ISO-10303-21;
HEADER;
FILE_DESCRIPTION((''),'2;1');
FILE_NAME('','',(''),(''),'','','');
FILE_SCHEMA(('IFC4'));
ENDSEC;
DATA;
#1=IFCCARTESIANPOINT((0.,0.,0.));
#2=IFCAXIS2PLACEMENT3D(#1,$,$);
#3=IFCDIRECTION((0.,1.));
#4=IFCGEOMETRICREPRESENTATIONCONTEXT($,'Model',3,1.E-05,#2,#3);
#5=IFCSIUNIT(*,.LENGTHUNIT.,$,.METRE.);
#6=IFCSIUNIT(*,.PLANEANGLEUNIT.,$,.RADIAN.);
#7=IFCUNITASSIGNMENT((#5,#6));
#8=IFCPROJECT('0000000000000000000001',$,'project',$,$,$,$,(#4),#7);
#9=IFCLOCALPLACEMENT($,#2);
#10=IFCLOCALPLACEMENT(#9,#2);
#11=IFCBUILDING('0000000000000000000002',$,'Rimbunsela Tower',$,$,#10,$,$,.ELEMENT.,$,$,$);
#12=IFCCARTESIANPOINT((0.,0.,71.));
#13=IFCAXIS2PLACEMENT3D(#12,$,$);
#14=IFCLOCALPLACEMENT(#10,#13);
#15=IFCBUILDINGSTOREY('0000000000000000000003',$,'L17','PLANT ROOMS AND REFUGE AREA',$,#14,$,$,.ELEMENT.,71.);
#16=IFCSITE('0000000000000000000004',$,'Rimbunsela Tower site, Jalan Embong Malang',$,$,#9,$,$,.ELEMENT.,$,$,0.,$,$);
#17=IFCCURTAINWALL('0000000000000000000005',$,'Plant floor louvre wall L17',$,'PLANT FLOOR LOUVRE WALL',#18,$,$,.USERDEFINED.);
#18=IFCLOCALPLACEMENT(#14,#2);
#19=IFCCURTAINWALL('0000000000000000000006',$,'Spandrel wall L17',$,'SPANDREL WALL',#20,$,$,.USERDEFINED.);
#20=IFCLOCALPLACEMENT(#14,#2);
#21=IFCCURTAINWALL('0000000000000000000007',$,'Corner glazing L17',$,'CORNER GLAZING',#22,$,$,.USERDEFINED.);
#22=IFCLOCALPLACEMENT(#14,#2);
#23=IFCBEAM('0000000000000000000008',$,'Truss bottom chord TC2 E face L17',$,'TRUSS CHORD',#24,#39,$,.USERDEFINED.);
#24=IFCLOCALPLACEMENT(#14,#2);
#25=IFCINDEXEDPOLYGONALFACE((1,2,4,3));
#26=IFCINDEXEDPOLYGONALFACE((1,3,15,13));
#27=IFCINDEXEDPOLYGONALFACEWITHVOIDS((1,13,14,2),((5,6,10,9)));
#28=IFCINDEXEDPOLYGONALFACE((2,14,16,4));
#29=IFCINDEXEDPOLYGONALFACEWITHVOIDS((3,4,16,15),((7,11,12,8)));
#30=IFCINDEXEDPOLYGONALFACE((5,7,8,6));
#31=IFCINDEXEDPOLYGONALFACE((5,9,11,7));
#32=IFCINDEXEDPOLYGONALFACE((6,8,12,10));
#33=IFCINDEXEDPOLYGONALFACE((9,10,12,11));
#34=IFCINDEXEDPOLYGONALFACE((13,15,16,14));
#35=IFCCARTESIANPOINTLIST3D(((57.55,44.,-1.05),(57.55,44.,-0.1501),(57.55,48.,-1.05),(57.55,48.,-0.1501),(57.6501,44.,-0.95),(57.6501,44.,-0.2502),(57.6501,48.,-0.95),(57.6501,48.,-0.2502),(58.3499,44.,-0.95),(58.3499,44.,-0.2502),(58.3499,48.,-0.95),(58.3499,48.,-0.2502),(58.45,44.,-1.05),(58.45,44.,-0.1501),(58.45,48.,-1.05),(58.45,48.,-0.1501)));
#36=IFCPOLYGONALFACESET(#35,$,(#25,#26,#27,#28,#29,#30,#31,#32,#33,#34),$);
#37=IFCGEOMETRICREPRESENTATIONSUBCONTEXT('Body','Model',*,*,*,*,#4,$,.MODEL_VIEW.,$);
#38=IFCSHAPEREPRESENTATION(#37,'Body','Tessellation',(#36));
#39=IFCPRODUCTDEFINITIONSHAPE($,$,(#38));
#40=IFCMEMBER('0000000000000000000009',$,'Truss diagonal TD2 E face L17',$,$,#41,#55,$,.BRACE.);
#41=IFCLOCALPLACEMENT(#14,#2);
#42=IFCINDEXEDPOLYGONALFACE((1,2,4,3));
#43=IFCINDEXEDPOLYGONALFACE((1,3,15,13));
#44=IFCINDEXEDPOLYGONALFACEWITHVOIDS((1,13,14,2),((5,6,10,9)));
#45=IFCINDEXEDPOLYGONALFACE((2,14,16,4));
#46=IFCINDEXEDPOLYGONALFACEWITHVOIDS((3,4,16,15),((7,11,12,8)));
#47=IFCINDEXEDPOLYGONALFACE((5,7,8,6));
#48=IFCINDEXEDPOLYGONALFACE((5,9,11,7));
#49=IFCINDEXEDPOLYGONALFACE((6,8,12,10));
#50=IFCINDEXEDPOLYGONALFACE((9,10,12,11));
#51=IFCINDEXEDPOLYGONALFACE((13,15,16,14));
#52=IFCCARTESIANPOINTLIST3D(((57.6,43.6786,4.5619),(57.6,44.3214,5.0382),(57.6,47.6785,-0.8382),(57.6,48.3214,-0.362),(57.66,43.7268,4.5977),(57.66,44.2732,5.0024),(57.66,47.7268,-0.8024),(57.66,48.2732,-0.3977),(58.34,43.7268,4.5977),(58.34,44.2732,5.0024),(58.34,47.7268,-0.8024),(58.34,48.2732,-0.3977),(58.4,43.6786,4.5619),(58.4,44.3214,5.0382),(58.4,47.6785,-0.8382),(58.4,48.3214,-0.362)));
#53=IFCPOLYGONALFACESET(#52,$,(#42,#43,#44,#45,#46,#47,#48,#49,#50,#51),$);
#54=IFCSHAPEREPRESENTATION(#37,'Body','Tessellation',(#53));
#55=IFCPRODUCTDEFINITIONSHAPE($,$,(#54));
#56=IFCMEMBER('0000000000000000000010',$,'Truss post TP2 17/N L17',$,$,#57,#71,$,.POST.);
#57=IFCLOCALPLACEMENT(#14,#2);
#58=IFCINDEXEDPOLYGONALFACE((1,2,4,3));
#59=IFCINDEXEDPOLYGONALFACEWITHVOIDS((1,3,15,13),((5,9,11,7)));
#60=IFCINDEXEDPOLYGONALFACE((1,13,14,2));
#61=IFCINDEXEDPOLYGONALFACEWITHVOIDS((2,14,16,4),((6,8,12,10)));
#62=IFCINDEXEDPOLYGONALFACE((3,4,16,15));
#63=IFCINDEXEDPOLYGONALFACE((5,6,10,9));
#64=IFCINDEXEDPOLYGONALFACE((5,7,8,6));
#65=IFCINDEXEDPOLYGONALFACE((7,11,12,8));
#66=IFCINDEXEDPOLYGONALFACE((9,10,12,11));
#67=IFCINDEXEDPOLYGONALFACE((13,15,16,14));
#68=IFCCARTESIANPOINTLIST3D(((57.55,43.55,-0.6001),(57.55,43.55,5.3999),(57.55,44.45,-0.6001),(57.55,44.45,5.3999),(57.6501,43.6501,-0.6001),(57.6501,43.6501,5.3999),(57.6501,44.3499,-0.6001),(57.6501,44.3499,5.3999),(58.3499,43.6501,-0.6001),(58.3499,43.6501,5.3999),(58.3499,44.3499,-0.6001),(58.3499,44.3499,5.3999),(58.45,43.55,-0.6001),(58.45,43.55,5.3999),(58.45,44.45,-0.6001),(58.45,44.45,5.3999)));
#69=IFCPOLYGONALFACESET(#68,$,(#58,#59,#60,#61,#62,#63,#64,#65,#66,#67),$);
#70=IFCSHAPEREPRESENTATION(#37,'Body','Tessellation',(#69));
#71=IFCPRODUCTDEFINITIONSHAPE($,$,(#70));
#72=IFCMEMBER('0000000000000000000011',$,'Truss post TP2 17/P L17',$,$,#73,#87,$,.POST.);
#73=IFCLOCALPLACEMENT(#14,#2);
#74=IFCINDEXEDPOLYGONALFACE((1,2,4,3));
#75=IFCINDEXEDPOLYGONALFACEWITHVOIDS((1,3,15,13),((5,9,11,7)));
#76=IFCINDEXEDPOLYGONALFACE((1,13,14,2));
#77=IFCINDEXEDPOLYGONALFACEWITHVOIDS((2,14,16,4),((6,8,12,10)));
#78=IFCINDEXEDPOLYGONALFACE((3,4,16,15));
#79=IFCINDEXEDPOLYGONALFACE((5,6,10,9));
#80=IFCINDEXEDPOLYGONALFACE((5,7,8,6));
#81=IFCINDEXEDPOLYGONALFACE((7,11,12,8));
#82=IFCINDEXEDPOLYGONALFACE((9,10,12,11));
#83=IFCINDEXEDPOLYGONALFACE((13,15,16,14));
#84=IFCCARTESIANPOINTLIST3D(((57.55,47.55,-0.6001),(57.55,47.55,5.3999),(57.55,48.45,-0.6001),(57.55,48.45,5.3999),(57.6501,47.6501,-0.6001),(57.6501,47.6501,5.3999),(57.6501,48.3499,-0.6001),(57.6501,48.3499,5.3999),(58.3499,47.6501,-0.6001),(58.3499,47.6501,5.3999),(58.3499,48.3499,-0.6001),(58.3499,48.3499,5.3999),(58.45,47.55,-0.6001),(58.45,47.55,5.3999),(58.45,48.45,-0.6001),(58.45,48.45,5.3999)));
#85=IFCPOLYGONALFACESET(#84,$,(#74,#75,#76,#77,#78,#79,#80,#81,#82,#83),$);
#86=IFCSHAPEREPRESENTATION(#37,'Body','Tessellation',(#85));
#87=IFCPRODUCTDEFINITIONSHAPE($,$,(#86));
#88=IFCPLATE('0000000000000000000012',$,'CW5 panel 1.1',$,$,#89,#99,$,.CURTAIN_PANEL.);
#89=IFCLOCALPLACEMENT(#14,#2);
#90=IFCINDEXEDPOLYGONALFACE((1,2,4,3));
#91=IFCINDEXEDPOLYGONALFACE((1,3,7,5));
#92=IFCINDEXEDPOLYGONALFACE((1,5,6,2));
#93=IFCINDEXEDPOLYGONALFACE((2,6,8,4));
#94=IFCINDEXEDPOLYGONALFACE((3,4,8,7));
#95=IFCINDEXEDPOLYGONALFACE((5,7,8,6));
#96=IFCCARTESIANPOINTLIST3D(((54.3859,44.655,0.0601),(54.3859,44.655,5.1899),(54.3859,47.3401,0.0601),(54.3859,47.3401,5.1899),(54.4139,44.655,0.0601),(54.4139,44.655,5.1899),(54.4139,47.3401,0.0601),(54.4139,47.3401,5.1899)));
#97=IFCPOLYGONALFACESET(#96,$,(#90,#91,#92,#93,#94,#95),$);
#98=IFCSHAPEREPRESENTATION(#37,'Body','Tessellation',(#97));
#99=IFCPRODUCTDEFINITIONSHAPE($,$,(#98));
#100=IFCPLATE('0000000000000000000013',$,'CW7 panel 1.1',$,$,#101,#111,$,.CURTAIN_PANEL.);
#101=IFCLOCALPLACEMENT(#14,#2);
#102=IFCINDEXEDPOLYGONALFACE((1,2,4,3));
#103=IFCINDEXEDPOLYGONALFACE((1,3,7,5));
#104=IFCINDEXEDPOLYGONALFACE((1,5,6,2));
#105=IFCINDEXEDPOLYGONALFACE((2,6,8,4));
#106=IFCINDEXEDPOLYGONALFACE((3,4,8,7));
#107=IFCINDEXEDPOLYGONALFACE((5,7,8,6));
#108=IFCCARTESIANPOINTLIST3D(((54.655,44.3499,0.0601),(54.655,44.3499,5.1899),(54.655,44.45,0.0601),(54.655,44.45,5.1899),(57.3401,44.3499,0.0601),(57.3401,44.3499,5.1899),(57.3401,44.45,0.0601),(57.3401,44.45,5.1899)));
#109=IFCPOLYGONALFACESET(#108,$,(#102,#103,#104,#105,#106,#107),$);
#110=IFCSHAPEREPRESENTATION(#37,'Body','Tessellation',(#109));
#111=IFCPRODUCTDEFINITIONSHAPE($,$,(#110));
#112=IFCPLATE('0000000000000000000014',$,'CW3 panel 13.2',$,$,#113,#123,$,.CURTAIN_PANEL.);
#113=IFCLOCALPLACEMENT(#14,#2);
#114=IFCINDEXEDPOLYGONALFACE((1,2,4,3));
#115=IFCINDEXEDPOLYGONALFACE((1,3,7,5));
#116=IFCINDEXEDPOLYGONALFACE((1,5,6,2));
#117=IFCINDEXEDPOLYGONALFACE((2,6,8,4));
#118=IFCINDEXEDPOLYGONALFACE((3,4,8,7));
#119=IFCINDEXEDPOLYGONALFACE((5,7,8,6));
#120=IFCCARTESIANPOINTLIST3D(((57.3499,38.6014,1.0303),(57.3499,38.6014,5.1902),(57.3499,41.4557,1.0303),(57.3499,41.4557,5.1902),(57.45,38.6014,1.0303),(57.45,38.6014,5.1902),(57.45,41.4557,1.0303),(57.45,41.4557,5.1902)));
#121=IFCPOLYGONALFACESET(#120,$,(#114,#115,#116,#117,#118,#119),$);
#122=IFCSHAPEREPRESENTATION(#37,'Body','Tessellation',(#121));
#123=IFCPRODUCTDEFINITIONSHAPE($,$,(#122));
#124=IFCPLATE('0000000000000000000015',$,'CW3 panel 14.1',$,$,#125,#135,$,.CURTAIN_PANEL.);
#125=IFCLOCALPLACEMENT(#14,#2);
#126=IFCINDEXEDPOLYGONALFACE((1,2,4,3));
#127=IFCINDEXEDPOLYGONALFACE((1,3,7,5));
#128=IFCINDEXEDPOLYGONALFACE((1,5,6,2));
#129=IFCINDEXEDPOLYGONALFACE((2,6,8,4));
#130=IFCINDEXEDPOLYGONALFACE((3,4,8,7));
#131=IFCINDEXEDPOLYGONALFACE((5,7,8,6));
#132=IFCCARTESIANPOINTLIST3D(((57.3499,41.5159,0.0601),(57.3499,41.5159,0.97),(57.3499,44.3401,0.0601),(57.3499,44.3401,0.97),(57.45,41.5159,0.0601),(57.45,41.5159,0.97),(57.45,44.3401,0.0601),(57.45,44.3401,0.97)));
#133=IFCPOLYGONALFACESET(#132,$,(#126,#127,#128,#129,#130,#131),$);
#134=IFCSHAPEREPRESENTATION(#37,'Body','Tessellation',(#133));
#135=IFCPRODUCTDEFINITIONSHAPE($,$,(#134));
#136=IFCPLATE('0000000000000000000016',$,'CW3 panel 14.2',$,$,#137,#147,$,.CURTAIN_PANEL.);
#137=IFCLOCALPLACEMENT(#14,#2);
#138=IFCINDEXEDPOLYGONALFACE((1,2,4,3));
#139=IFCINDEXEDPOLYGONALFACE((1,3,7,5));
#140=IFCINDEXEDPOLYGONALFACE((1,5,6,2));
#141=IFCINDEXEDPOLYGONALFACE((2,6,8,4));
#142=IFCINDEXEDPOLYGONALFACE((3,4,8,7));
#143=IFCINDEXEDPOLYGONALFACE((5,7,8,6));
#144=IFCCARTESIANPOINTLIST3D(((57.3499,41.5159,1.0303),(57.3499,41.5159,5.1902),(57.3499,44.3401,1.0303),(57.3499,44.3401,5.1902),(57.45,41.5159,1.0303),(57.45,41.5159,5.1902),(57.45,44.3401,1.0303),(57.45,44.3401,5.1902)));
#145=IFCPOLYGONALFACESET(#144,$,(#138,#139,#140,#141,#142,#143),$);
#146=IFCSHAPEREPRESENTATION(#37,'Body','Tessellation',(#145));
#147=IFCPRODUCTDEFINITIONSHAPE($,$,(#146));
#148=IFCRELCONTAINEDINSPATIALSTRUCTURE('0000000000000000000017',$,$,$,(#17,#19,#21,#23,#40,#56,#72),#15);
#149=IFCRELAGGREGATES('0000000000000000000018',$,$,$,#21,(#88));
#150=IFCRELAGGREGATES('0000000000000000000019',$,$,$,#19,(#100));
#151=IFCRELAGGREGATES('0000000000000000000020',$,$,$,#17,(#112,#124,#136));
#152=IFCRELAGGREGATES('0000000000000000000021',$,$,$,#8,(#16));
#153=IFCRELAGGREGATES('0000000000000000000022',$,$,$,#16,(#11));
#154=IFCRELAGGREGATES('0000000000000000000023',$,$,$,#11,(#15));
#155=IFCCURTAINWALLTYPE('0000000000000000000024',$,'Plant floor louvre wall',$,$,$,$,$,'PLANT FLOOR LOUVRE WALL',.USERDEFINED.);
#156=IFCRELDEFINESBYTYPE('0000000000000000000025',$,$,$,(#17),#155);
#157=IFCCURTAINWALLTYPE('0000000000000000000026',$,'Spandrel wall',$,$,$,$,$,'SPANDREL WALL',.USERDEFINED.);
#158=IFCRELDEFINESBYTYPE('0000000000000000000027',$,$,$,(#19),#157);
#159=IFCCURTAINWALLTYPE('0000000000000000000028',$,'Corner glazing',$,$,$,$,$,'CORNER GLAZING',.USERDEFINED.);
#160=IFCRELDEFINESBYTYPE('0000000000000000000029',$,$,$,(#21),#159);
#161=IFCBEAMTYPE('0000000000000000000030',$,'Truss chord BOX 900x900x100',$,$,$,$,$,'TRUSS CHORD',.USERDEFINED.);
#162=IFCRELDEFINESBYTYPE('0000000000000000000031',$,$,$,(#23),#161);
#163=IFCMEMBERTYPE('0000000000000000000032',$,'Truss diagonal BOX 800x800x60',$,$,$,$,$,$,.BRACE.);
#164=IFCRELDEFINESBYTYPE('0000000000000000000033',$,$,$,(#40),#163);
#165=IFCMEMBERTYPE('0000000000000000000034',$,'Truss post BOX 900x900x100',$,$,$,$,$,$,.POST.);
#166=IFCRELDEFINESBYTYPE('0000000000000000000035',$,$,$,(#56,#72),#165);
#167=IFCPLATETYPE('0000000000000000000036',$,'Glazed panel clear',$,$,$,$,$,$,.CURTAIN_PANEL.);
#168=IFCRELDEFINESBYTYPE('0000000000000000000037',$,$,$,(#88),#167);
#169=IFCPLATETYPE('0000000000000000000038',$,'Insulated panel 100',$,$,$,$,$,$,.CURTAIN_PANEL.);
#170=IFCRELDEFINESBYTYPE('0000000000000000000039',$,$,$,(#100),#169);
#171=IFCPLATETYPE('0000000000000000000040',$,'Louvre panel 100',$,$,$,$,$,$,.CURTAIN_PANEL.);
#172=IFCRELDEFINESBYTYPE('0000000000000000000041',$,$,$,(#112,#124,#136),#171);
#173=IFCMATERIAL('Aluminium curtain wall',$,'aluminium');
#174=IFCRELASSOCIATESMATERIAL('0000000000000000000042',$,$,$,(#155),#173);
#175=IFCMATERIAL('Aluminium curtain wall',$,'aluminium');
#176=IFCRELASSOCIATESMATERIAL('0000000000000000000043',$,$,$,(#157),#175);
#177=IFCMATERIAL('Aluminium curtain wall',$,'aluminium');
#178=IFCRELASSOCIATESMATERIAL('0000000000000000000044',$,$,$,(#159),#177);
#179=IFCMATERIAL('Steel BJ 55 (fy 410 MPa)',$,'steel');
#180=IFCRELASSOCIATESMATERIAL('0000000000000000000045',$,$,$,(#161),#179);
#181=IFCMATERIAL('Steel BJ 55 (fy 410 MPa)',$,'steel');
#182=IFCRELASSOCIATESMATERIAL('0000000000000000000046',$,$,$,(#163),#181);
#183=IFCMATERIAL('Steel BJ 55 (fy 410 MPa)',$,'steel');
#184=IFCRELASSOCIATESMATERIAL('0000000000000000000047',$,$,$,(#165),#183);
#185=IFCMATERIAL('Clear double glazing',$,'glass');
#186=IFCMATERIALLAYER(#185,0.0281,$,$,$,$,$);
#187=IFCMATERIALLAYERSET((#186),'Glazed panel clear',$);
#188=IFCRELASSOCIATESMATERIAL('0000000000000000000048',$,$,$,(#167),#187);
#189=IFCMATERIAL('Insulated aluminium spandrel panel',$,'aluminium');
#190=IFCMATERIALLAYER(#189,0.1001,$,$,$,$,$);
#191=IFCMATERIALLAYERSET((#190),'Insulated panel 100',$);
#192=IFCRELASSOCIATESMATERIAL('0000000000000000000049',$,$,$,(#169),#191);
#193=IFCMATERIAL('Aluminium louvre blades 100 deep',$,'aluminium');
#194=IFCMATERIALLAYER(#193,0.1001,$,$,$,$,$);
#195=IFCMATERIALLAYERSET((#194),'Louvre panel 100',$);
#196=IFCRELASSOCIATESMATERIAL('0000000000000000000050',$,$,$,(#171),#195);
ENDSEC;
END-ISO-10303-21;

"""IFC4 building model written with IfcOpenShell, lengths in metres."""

from ifc_helpers import new_model, si_unit, direction, frame, origin, origin_2d, place, context, subcontext, project, spatial, rectangle, hollow_rectangle, extrude, material, layer, layer_set, material_profile, profile_set, type_object, element, aggregate, save


model = new_model("IFC4")

# Units and contexts
model_context = context("Model", 3, precision=1e-05, world=origin(), true_north=direction((0.0, 1.0)))
body_context = subcontext(model_context, "Body", "Model", "MODEL_VIEW")
ifc_project = project(units=[si_unit("LENGTHUNIT", "METRE"), si_unit("PLANEANGLEUNIT", "RADIAN")], contexts=[model_context])

# Site, building, storey
site_placement = place(None, origin())
site = spatial("IfcSite", under=ifc_project, at=site_placement, Name="Rimbunsela Tower site, Jalan Embong Malang", CompositionType="ELEMENT", RefElevation=0.0)
building_placement = place(site_placement, origin())
building = spatial("IfcBuilding", under=site, at=building_placement, Name="Rimbunsela Tower", CompositionType="ELEMENT")
storey_placement = place(building_placement, frame((0.0, 0.0, 71.0)))
storey = spatial("IfcBuildingStorey", under=building, at=storey_placement, Name="L17", Description="PLANT ROOMS AND REFUGE AREA", CompositionType="ELEMENT", Elevation=71.0)

# Curtain walls
ifc_material_1 = material(Name="Aluminium curtain wall", Category="aluminium")
curtain_wall_type_1 = type_object("IfcCurtainWallType", Name="Plant floor louvre wall", ElementType="PLANT FLOOR LOUVRE WALL", PredefinedType="USERDEFINED", material=ifc_material_1)
curtain_wall_1_placement = place(storey_placement, origin())
curtain_wall_1 = element("IfcCurtainWall", 1, at=curtain_wall_1_placement, inside=storey, type_object=curtain_wall_type_1, Name="Plant floor louvre wall L17", ObjectType="PLANT FLOOR LOUVRE WALL", PredefinedType="USERDEFINED")
ifc_material_2 = material(Name="Aluminium curtain wall", Category="aluminium")
curtain_wall_type_2 = type_object("IfcCurtainWallType", Name="Spandrel wall", ElementType="SPANDREL WALL", PredefinedType="USERDEFINED", material=ifc_material_2)
curtain_wall_2_placement = place(storey_placement, origin())
curtain_wall_2 = element("IfcCurtainWall", 2, at=curtain_wall_2_placement, inside=storey, type_object=curtain_wall_type_2, Name="Spandrel wall L17", ObjectType="SPANDREL WALL", PredefinedType="USERDEFINED")
ifc_material_3 = material(Name="Aluminium curtain wall", Category="aluminium")
curtain_wall_type_3 = type_object("IfcCurtainWallType", Name="Corner glazing", ElementType="CORNER GLAZING", PredefinedType="USERDEFINED", material=ifc_material_3)
curtain_wall_3_placement = place(storey_placement, origin())
curtain_wall_3 = element("IfcCurtainWall", 3, at=curtain_wall_3_placement, inside=storey, type_object=curtain_wall_type_3, Name="Corner glazing L17", ObjectType="CORNER GLAZING", PredefinedType="USERDEFINED")

# Beam
ifc_material_4 = material(Name="Steel BJ 55 (fy 410 MPa)", Category="steel")
ifc_material_profile_1 = material_profile(ifc_material_4, hollow_rectangle(XDim=0.8999, YDim=0.8999, WallThickness=0.1001, at=origin_2d()), Name="BOX 900x900x100")
ifc_profile_set_1 = profile_set([ifc_material_profile_1], Name="Steel BJ 55 (fy 410 MPa)")
beam_type = type_object("IfcBeamType", Name="Truss chord BOX 900x900x100", ElementType="TRUSS CHORD", PredefinedType="USERDEFINED", material=ifc_profile_set_1)
for number, where, z_axis, x_axis, name in (
    (4, (58.0, 44.0, -0.6001), (0.0, 1.0, 0.0), (-1.0, 0.0, 0.0), "Truss bottom chord TC2 E face L17"),
):
    element("IfcBeam", number, at=place(storey_placement, frame(where, z_axis=z_axis, x_axis=x_axis)), inside=storey, type_object=beam_type, Name=name, ObjectType="TRUSS CHORD", PredefinedType="USERDEFINED", context=body_context, shape_type="SweptSolid", body=[
        extrude(hollow_rectangle(XDim=0.8999, YDim=0.8999, WallThickness=0.1001, at=origin_2d()), origin(), (0.0, 0.0, 1.0), 4.0),
    ])

# Members
ifc_material_5 = material(Name="Steel BJ 55 (fy 410 MPa)", Category="steel")
ifc_material_profile_2 = material_profile(ifc_material_5, hollow_rectangle(XDim=0.8, YDim=0.8, WallThickness=0.0601, at=origin_2d()), Name="BOX 800x800x60")
ifc_profile_set_2 = profile_set([ifc_material_profile_2], Name="Steel BJ 55 (fy 410 MPa)")
member_type_1 = type_object("IfcMemberType", Name="Truss diagonal BOX 800x800x60", PredefinedType="BRACE", material=ifc_profile_set_2)
member_1_placement = place(storey_placement, frame((58.0, 44.0, 4.8), z_axis=(0.0, 0.595217, -0.803565), x_axis=(-1.0, 0.0, 0.0)))
element("IfcMember", 5, at=member_1_placement, inside=storey, type_object=member_type_1, Name="Truss diagonal TD2 E face L17", PredefinedType="BRACE", context=body_context, shape_type="SweptSolid", body=[
    extrude(hollow_rectangle(XDim=0.8, YDim=0.8, WallThickness=0.0601, at=origin_2d()), origin(), (0.0, 0.0, 1.0), 6.7202),
])
ifc_material_6 = material(Name="Steel BJ 55 (fy 410 MPa)", Category="steel")
ifc_material_profile_3 = material_profile(ifc_material_6, hollow_rectangle(XDim=0.8999, YDim=0.8999, WallThickness=0.1001, at=origin_2d()), Name="BOX 900x900x100")
ifc_profile_set_3 = profile_set([ifc_material_profile_3], Name="Steel BJ 55 (fy 410 MPa)")
member_type_2 = type_object("IfcMemberType", Name="Truss post BOX 900x900x100", PredefinedType="POST", material=ifc_profile_set_3)
for number, where, z_axis, x_axis, name in (
    (6, (58.0, 44.0, -0.6001), (0.0, 0.0, 1.0), (1.0, 0.0, 0.0), "Truss post TP2 17/N L17"),
    (7, (58.0, 48.0, -0.6001), (0.0, 0.0, 1.0), (1.0, 0.0, 0.0), "Truss post TP2 17/P L17"),
):
    element("IfcMember", number, at=place(storey_placement, frame(where, z_axis=z_axis, x_axis=x_axis)), inside=storey, type_object=member_type_2, Name=name, PredefinedType="POST", context=body_context, shape_type="SweptSolid", body=[
        extrude(hollow_rectangle(XDim=0.8999, YDim=0.8999, WallThickness=0.1001, at=origin_2d()), origin(), (0.0, 0.0, 1.0), 6.0),
    ])

# Plates
ifc_material_7 = material(Name="Clear double glazing", Category="glass")
ifc_layer_1 = layer(ifc_material_7, 0.0281)
ifc_layer_set_1 = layer_set([ifc_layer_1], Name="Glazed panel clear")
plate_type_1 = type_object("IfcPlateType", Name="Glazed panel clear", PredefinedType="CURTAIN_PANEL", material=ifc_layer_set_1)
plate_1_placement = place(storey_placement, frame((54.3999, 45.9976, 0.0601), z_axis=(0.0, 0.0, 1.0), x_axis=(0.0, 1.0, 0.0)))
plate_1 = element("IfcPlate", 8, at=plate_1_placement, type_object=plate_type_1, Name="CW5 panel 1.1", PredefinedType="CURTAIN_PANEL", context=body_context, shape_type="SweptSolid", body=[
    extrude(rectangle(XDim=2.6851, YDim=0.0281, at=origin_2d()), origin(), (0.0, 0.0, 1.0), 5.1299),
])
aggregate(curtain_wall_3, [plate_1])
ifc_material_8 = material(Name="Insulated aluminium spandrel panel", Category="aluminium")
ifc_layer_2 = layer(ifc_material_8, 0.1001)
ifc_layer_set_2 = layer_set([ifc_layer_2], Name="Insulated panel 100")
plate_type_2 = type_object("IfcPlateType", Name="Insulated panel 100", PredefinedType="CURTAIN_PANEL", material=ifc_layer_set_2)
plate_2_placement = place(storey_placement, frame((55.9976, 44.3999, 0.0601), z_axis=(0.0, 0.0, 1.0), x_axis=(-1.0, 0.0, 0.0)))
plate_2 = element("IfcPlate", 9, at=plate_2_placement, type_object=plate_type_2, Name="CW7 panel 1.1", PredefinedType="CURTAIN_PANEL", context=body_context, shape_type="SweptSolid", body=[
    extrude(rectangle(XDim=2.6851, YDim=0.1001, at=origin_2d()), origin(), (0.0, 0.0, 1.0), 5.1299),
])
aggregate(curtain_wall_2, [plate_2])
ifc_material_9 = material(Name="Aluminium louvre blades 100 deep", Category="aluminium")
ifc_layer_3 = layer(ifc_material_9, 0.1001)
ifc_layer_set_3 = layer_set([ifc_layer_3], Name="Louvre panel 100")
plate_type_3 = type_object("IfcPlateType", Name="Louvre panel 100", PredefinedType="CURTAIN_PANEL", material=ifc_layer_set_3)
plate_3_placement = place(storey_placement, frame((57.3999, 40.0286, 1.0303), z_axis=(0.0, 0.0, 1.0), x_axis=(0.0, 1.0, 0.0)))
plate_3 = element("IfcPlate", 10, at=plate_3_placement, type_object=plate_type_3, Name="CW3 panel 13.2", PredefinedType="CURTAIN_PANEL", context=body_context, shape_type="SweptSolid", body=[
    extrude(rectangle(XDim=2.8542, YDim=0.1001, at=origin_2d()), origin(), (0.0, 0.0, 1.0), 4.1599),
])
plate_4_placement = place(storey_placement, frame((57.3999, 42.928, 0.0601), z_axis=(0.0, 0.0, 1.0), x_axis=(0.0, 1.0, 0.0)))
plate_4 = element("IfcPlate", 11, at=plate_4_placement, type_object=plate_type_3, Name="CW3 panel 14.1", PredefinedType="CURTAIN_PANEL", context=body_context, shape_type="SweptSolid", body=[
    extrude(rectangle(XDim=2.8242, YDim=0.1001, at=origin_2d()), origin(), (0.0, 0.0, 1.0), 0.9099),
])
plate_5_placement = place(storey_placement, frame((57.3999, 42.928, 1.0303), z_axis=(0.0, 0.0, 1.0), x_axis=(0.0, 1.0, 0.0)))
plate_5 = element("IfcPlate", 12, at=plate_5_placement, type_object=plate_type_3, Name="CW3 panel 14.2", PredefinedType="CURTAIN_PANEL", context=body_context, shape_type="SweptSolid", body=[
    extrude(rectangle(XDim=2.8242, YDim=0.1001, at=origin_2d()), origin(), (0.0, 0.0, 1.0), 4.1599),
])
aggregate(curtain_wall_1, [plate_3, plate_4, plate_5])

save(model, "model.ifc")
